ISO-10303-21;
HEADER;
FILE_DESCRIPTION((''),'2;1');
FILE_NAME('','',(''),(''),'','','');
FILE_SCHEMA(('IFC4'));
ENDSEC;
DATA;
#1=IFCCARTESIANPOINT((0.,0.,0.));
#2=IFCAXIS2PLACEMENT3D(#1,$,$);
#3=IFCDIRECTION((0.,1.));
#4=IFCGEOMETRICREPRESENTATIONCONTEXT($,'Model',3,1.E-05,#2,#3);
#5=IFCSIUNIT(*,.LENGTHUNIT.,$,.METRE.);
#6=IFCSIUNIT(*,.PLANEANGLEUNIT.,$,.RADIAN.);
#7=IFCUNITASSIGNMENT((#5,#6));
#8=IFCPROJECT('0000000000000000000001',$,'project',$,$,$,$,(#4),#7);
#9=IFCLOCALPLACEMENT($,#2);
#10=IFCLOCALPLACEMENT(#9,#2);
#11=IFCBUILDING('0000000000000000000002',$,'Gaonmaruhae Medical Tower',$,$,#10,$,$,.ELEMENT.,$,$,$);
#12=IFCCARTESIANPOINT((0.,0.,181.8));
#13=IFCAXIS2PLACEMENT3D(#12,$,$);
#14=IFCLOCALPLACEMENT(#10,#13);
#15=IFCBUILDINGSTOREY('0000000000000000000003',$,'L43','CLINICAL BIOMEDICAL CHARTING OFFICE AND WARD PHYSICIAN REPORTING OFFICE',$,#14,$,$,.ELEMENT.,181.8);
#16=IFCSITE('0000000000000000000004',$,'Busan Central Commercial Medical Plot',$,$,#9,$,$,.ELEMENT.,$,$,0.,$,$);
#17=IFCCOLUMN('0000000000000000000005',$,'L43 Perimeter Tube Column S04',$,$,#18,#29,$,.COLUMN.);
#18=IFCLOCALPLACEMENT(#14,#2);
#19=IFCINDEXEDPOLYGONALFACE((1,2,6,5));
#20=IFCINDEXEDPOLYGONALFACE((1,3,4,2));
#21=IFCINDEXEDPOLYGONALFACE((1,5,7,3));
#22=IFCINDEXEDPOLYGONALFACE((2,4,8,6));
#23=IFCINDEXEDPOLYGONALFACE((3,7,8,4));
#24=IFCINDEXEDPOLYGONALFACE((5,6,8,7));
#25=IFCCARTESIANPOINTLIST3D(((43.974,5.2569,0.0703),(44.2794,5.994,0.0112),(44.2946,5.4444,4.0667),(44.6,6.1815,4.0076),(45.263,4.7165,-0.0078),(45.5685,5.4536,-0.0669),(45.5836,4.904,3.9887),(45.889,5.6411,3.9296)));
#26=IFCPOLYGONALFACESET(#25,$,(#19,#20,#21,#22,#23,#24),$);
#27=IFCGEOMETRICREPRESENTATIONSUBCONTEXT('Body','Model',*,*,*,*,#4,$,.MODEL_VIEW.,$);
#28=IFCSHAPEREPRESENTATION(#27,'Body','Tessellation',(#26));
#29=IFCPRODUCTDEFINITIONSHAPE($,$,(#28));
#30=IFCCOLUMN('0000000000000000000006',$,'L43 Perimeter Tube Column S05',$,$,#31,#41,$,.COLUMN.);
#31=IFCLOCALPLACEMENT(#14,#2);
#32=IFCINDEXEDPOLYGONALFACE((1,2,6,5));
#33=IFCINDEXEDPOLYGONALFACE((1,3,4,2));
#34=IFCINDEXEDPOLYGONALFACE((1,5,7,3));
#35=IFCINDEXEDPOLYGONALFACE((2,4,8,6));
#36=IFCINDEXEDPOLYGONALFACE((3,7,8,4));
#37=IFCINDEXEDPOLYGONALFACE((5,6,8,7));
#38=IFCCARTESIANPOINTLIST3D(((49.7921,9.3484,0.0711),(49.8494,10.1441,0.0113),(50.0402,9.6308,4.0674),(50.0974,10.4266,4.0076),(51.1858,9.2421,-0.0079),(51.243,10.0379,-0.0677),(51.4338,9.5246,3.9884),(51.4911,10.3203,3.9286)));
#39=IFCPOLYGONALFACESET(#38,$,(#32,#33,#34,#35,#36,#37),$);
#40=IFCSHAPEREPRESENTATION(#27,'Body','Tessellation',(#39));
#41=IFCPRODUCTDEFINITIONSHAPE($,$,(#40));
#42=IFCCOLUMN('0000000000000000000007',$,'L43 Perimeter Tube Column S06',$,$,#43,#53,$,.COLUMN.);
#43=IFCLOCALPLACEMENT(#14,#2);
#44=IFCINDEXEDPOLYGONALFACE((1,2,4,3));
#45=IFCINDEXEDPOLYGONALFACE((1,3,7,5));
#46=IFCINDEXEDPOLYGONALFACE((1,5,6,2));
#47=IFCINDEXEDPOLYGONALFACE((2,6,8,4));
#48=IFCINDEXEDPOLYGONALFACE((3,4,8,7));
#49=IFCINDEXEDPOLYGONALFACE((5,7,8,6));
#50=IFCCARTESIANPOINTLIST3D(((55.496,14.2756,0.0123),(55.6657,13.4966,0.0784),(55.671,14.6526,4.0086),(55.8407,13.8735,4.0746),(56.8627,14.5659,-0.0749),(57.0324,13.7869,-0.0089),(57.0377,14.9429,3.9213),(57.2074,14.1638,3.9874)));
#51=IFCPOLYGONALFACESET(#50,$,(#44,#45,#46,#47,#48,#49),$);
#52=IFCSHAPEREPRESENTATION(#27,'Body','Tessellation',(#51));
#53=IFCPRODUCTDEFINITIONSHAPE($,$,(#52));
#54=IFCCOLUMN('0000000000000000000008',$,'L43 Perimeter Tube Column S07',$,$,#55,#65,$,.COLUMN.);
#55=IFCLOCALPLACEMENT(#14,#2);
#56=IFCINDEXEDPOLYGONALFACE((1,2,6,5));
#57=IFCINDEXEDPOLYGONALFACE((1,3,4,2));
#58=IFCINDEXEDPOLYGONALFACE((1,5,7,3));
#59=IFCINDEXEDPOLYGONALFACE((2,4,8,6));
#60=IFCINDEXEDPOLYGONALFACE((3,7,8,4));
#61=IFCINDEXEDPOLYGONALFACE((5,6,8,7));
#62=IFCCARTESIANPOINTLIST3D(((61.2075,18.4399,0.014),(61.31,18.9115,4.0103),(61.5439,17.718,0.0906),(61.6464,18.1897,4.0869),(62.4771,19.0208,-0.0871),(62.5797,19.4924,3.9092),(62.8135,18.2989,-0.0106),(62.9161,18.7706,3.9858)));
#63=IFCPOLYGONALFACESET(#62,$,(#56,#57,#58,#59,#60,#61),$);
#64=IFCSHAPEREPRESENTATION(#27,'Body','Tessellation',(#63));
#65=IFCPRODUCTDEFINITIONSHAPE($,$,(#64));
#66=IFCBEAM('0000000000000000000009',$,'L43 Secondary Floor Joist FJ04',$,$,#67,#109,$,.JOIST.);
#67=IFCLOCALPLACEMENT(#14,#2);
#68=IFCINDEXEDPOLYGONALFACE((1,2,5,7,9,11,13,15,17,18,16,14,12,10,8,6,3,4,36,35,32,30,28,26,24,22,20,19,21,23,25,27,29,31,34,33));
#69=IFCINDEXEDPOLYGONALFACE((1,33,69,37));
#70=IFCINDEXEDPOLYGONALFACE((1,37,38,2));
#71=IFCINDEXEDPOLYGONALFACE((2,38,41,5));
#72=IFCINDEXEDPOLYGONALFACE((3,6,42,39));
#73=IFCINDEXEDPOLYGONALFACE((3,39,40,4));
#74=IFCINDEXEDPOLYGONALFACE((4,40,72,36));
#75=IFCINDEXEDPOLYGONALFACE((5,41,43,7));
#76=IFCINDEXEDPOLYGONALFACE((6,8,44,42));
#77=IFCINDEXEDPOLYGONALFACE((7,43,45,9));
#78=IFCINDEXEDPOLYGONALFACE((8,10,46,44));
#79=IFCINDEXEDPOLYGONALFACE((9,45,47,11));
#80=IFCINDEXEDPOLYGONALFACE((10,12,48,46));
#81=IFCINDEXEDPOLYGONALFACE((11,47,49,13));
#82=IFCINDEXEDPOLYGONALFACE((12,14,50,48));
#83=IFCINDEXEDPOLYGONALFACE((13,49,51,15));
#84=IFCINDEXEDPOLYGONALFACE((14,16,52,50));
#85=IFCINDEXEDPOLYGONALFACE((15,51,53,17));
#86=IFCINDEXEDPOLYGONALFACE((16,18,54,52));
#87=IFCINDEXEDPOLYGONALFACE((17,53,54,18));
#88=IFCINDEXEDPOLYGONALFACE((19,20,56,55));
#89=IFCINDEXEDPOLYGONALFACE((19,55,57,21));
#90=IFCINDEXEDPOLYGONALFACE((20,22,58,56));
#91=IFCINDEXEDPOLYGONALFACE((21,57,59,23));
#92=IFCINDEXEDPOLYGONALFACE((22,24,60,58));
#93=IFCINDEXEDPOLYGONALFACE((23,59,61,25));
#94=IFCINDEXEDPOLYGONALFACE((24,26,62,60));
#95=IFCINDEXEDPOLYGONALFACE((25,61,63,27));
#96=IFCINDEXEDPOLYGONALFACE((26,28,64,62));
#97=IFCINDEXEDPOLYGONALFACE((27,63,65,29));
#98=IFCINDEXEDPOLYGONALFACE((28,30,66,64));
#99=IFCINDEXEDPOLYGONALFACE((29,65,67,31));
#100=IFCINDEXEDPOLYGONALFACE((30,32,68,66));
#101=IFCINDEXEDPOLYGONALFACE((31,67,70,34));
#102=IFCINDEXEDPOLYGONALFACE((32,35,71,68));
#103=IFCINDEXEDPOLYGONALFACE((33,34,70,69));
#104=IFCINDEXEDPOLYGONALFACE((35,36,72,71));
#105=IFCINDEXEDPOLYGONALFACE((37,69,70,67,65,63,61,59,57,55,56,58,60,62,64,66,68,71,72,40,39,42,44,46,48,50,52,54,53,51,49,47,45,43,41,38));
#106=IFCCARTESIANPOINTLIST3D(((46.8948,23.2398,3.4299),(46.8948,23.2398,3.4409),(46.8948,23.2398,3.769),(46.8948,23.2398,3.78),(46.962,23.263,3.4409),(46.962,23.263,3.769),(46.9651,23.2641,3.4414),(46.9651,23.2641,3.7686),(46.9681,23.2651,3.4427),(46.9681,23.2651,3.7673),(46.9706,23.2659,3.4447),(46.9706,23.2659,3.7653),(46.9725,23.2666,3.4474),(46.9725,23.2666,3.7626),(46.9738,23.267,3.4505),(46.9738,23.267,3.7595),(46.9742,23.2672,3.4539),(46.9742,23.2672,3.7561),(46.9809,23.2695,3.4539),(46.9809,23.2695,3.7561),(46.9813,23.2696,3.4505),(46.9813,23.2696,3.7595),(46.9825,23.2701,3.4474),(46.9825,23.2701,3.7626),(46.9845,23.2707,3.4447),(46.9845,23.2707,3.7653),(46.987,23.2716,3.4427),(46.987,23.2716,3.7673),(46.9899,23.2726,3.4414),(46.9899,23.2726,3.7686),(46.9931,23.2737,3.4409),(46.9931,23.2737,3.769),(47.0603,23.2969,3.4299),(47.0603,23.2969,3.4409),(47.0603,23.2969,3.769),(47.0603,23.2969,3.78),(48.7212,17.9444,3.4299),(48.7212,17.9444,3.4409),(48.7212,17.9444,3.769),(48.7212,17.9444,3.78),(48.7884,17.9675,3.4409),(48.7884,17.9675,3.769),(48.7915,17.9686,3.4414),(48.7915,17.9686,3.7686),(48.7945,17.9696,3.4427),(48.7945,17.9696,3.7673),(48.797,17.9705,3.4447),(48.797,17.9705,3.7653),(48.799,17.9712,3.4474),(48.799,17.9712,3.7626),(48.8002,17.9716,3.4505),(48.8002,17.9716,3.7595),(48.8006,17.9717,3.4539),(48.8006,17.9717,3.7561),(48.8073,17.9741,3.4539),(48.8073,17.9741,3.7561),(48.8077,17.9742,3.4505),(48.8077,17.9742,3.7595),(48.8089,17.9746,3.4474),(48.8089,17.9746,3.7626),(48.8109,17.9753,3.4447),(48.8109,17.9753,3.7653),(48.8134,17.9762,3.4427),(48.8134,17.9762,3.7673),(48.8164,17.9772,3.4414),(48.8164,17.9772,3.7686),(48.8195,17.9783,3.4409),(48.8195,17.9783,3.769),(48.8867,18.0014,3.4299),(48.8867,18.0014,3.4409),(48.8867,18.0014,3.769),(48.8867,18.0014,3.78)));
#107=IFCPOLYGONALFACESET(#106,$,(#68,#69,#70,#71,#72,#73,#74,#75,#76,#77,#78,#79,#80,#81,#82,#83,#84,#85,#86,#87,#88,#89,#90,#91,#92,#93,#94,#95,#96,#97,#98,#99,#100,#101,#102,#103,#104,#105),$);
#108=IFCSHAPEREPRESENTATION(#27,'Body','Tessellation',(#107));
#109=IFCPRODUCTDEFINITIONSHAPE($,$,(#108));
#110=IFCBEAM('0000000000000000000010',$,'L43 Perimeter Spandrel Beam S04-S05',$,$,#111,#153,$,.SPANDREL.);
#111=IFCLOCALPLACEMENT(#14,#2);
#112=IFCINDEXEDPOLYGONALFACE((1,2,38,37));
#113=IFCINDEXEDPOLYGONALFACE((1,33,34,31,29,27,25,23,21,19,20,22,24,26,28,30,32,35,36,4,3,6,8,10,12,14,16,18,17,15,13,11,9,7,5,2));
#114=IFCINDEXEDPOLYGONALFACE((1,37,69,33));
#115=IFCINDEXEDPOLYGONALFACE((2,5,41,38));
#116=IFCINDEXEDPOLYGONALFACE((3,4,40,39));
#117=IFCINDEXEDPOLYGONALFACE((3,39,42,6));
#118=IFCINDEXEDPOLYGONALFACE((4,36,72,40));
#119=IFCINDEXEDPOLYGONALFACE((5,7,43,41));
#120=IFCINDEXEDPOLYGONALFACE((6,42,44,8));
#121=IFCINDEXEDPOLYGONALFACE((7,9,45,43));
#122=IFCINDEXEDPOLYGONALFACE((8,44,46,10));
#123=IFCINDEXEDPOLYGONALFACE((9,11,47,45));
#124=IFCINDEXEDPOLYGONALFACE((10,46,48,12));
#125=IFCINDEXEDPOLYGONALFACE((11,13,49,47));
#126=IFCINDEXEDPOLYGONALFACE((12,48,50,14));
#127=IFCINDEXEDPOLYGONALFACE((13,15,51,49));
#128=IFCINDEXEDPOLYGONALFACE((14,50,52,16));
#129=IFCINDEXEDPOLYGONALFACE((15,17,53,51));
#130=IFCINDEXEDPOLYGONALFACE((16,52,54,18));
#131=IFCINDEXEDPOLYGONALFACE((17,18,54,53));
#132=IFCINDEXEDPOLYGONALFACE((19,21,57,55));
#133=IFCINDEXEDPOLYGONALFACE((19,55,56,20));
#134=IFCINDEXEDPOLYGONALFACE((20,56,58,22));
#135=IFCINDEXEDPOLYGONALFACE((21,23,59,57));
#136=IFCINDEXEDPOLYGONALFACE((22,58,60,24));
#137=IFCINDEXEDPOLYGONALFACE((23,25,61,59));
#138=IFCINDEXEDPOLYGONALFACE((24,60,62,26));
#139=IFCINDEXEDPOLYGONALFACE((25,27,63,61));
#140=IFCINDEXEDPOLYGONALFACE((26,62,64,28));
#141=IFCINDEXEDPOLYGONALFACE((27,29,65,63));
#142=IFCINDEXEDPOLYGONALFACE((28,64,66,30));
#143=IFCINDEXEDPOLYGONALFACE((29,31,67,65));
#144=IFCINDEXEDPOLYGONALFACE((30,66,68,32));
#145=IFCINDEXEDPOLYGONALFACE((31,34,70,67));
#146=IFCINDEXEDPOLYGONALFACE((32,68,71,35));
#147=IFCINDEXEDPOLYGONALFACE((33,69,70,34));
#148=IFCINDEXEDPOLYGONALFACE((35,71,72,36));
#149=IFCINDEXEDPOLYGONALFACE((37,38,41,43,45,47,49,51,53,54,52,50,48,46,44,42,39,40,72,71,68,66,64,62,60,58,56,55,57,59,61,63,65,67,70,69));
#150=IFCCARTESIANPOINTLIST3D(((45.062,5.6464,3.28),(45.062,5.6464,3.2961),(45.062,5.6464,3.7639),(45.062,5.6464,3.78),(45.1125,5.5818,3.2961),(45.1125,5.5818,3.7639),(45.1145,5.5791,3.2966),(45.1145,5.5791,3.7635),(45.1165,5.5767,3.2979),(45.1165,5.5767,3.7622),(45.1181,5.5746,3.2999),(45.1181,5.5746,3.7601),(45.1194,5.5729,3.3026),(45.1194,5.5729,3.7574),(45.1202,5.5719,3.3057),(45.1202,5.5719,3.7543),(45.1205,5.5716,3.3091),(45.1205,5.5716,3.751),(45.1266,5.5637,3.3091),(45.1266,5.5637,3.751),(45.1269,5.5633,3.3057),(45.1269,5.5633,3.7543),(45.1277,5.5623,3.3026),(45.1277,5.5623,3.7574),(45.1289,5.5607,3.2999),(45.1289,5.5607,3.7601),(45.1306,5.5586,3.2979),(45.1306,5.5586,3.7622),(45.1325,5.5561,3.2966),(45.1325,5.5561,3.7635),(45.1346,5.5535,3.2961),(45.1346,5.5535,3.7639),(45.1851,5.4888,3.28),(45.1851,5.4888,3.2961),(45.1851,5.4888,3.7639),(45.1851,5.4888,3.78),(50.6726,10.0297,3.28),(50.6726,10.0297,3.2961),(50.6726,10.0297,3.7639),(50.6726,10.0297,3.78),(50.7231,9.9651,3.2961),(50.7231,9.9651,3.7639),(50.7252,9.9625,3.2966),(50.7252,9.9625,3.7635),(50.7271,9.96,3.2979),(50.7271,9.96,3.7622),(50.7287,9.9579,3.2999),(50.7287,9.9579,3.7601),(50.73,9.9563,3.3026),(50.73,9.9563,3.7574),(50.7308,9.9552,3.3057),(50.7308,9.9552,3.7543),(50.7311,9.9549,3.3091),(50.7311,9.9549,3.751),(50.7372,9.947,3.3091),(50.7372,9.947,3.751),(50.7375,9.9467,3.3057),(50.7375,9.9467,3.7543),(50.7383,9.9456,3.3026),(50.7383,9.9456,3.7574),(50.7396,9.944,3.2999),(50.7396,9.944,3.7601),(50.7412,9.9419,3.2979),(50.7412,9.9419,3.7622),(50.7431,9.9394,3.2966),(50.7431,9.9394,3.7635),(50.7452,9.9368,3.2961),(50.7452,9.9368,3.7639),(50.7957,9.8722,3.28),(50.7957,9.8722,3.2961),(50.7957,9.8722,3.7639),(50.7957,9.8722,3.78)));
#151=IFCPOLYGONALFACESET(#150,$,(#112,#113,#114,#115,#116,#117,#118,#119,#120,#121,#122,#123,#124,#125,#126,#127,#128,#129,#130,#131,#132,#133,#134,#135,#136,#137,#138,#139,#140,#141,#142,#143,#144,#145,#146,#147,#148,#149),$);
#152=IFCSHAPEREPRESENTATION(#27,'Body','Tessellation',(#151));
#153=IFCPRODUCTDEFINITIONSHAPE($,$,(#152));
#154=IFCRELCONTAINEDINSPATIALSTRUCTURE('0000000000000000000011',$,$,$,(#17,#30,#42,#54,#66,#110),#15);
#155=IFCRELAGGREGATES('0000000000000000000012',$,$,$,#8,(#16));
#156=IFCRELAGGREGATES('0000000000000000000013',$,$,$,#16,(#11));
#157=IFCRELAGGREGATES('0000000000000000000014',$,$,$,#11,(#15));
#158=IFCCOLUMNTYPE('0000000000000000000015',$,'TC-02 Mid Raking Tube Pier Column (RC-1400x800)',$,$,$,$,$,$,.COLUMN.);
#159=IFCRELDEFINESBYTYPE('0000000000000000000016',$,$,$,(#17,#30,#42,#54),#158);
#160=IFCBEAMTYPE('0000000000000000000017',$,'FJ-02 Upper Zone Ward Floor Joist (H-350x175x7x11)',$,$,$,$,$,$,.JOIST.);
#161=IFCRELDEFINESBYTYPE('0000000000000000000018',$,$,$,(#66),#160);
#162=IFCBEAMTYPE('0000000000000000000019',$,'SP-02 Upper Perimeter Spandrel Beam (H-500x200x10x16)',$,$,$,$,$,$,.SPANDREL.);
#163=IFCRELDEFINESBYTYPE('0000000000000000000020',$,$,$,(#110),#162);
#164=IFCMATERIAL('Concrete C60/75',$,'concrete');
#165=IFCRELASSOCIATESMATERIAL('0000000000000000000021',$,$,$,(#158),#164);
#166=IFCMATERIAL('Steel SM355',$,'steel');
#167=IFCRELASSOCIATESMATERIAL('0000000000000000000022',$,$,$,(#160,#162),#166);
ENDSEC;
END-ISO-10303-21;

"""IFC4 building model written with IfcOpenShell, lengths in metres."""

from ifc_helpers import new_model, si_unit, direction, frame, origin, origin_2d, place, context, subcontext, project, spatial, rectangle, i_section, extrude, material, material_profile, profile_set, type_object, element, save


model = new_model("IFC4")

# Units and contexts
model_context = context("Model", 3, precision=1e-05, world=origin(), true_north=direction((0.0, 1.0)))
body_context = subcontext(model_context, "Body", "Model", "MODEL_VIEW")
ifc_project = project(units=[si_unit("LENGTHUNIT", "METRE"), si_unit("PLANEANGLEUNIT", "RADIAN")], contexts=[model_context])

# Site, building, storey
site_placement = place(None, origin())
site = spatial("IfcSite", under=ifc_project, at=site_placement, Name="Busan Central Commercial Medical Plot", CompositionType="ELEMENT", RefElevation=0.0)
building_placement = place(site_placement, origin())
building = spatial("IfcBuilding", under=site, at=building_placement, Name="Gaonmaruhae Medical Tower", CompositionType="ELEMENT")
storey_placement = place(building_placement, frame((0.0, 0.0, 181.8)))
storey = spatial("IfcBuildingStorey", under=building, at=storey_placement, Name="L43", Description="CLINICAL BIOMEDICAL CHARTING OFFICE AND WARD PHYSICIAN REPORTING OFFICE", CompositionType="ELEMENT", Elevation=181.8)

# Columns
ifc_material_1 = material(Name="Concrete C60/75", Category="concrete")
ifc_material_profile_1 = material_profile(ifc_material_1, rectangle(XDim=1.3999, YDim=0.8, at=origin_2d()), Name="RC-1400x800")
ifc_profile_set_1 = profile_set([ifc_material_profile_1], Name="Concrete C60/75")
column_type = type_object("IfcColumnType", Name="TC-02 Mid Raking Tube Pier Column (RC-1400x800)", PredefinedType="COLUMN", material=ifc_profile_set_1)
column_1_placement = place(storey_placement, frame((44.7712, 5.3552, 0.0017), z_axis=(0.079868, 0.046717, 0.99571), x_axis=(-0.920806, 0.386016, 0.055749)))
element("IfcColumn", 1, at=column_1_placement, inside=storey, type_object=column_type, Name="L43 Perimeter Tube Column S04", PredefinedType="COLUMN", context=body_context, shape_type="SweptSolid", body=[
    extrude(rectangle(XDim=1.3999, YDim=0.8, at=origin_2d()), origin(), (0.0, 0.0, 1.0), 4.0137),
])
column_2_placement = place(storey_placement, frame((50.5176, 9.6931, 0.0017), z_axis=(0.061796, 0.070372, 0.995605), x_axis=(-0.995519, 0.07588, 0.056427)))
element("IfcColumn", 2, at=column_2_placement, inside=storey, type_object=column_type, Name="L43 Perimeter Tube Column S05", PredefinedType="COLUMN", context=body_context, shape_type="SweptSolid", body=[
    extrude(rectangle(XDim=1.3999, YDim=0.8, at=origin_2d()), origin(), (0.0, 0.0, 1.0), 4.0139),
])
column_3_placement = place(storey_placement, frame((56.2642, 14.0312, 0.0017), z_axis=(0.043567, 0.093819, 0.994636), x_axis=(-0.976272, -0.207385, 0.062324)))
element("IfcColumn", 3, at=column_3_placement, inside=storey, type_object=column_type, Name="L43 Perimeter Tube Column S06", PredefinedType="COLUMN", context=body_context, shape_type="SweptSolid", body=[
    extrude(rectangle(XDim=1.3999, YDim=0.8, at=origin_2d()), origin(), (0.0, 0.0, 1.0), 4.0178),
])
column_4_placement = place(storey_placement, frame((62.0105, 18.3694, 0.0017), z_axis=(0.025473, 0.117176, 0.992784), x_axis=(-0.906962, -0.41497, 0.072249)))
element("IfcColumn", 4, at=column_4_placement, inside=storey, type_object=column_type, Name="L43 Perimeter Tube Column S07", PredefinedType="COLUMN", context=body_context, shape_type="SweptSolid", body=[
    extrude(rectangle(XDim=1.3999, YDim=0.8, at=origin_2d()), origin(), (0.0, 0.0, 1.0), 4.0254),
])

# Beams
ifc_material_2 = material(Name="Steel SM355", Category="steel")
ifc_material_profile_2 = material_profile(ifc_material_2, i_section(OverallWidth=0.175, OverallDepth=0.3501, WebThickness=0.0071, FlangeThickness=0.011, FilletRadius=0.0129, at=origin_2d()), Name="H-350x175x7x11")
ifc_profile_set_2 = profile_set([ifc_material_profile_2], Name="Steel SM355")
beam_type_1 = type_object("IfcBeamType", Name="FJ-02 Upper Zone Ward Floor Joist (H-350x175x7x11)", PredefinedType="JOIST", material=ifc_profile_set_2)
beam_1_placement = place(storey_placement, frame((48.804, 17.9729, 3.605), z_axis=(-0.326056, 0.94535, 0.0), x_axis=(-0.94535, -0.326056, 0.0)))
element("IfcBeam", 5, at=beam_1_placement, inside=storey, type_object=beam_type_1, Name="L43 Secondary Floor Joist FJ04", PredefinedType="JOIST", context=body_context, shape_type="SweptSolid", body=[
    extrude(i_section(OverallWidth=0.175, OverallDepth=0.3501, WebThickness=0.0071, FlangeThickness=0.011, FilletRadius=0.0129, at=origin_2d()), origin(), (0.0, 0.0, 1.0), 5.6016),
])
ifc_material_profile_3 = material_profile(ifc_material_2, i_section(OverallWidth=0.2, OverallDepth=0.5, WebThickness=0.01, FlangeThickness=0.0161, FilletRadius=0.0129, at=origin_2d()), Name="H-500x200x10x16")
ifc_profile_set_3 = profile_set([ifc_material_profile_3], Name="Steel SM355")
beam_type_2 = type_object("IfcBeamType", Name="SP-02 Upper Perimeter Spandrel Beam (H-500x200x10x16)", PredefinedType="SPANDREL", material=ifc_profile_set_3)
beam_2_placement = place(storey_placement, frame((45.1235, 5.5676, 3.53), z_axis=(0.788023, 0.615646, 0.0), x_axis=(-0.615646, 0.788023, 0.0)))
element("IfcBeam", 6, at=beam_2_placement, inside=storey, type_object=beam_type_2, Name="L43 Perimeter Spandrel Beam S04-S05", PredefinedType="SPANDREL", context=body_context, shape_type="SweptSolid", body=[
    extrude(i_section(OverallWidth=0.2, OverallDepth=0.5, WebThickness=0.01, FlangeThickness=0.0161, FilletRadius=0.0129, at=origin_2d()), origin(), (0.0, 0.0, 1.0), 7.1199),
])

save(model, "model.ifc")
